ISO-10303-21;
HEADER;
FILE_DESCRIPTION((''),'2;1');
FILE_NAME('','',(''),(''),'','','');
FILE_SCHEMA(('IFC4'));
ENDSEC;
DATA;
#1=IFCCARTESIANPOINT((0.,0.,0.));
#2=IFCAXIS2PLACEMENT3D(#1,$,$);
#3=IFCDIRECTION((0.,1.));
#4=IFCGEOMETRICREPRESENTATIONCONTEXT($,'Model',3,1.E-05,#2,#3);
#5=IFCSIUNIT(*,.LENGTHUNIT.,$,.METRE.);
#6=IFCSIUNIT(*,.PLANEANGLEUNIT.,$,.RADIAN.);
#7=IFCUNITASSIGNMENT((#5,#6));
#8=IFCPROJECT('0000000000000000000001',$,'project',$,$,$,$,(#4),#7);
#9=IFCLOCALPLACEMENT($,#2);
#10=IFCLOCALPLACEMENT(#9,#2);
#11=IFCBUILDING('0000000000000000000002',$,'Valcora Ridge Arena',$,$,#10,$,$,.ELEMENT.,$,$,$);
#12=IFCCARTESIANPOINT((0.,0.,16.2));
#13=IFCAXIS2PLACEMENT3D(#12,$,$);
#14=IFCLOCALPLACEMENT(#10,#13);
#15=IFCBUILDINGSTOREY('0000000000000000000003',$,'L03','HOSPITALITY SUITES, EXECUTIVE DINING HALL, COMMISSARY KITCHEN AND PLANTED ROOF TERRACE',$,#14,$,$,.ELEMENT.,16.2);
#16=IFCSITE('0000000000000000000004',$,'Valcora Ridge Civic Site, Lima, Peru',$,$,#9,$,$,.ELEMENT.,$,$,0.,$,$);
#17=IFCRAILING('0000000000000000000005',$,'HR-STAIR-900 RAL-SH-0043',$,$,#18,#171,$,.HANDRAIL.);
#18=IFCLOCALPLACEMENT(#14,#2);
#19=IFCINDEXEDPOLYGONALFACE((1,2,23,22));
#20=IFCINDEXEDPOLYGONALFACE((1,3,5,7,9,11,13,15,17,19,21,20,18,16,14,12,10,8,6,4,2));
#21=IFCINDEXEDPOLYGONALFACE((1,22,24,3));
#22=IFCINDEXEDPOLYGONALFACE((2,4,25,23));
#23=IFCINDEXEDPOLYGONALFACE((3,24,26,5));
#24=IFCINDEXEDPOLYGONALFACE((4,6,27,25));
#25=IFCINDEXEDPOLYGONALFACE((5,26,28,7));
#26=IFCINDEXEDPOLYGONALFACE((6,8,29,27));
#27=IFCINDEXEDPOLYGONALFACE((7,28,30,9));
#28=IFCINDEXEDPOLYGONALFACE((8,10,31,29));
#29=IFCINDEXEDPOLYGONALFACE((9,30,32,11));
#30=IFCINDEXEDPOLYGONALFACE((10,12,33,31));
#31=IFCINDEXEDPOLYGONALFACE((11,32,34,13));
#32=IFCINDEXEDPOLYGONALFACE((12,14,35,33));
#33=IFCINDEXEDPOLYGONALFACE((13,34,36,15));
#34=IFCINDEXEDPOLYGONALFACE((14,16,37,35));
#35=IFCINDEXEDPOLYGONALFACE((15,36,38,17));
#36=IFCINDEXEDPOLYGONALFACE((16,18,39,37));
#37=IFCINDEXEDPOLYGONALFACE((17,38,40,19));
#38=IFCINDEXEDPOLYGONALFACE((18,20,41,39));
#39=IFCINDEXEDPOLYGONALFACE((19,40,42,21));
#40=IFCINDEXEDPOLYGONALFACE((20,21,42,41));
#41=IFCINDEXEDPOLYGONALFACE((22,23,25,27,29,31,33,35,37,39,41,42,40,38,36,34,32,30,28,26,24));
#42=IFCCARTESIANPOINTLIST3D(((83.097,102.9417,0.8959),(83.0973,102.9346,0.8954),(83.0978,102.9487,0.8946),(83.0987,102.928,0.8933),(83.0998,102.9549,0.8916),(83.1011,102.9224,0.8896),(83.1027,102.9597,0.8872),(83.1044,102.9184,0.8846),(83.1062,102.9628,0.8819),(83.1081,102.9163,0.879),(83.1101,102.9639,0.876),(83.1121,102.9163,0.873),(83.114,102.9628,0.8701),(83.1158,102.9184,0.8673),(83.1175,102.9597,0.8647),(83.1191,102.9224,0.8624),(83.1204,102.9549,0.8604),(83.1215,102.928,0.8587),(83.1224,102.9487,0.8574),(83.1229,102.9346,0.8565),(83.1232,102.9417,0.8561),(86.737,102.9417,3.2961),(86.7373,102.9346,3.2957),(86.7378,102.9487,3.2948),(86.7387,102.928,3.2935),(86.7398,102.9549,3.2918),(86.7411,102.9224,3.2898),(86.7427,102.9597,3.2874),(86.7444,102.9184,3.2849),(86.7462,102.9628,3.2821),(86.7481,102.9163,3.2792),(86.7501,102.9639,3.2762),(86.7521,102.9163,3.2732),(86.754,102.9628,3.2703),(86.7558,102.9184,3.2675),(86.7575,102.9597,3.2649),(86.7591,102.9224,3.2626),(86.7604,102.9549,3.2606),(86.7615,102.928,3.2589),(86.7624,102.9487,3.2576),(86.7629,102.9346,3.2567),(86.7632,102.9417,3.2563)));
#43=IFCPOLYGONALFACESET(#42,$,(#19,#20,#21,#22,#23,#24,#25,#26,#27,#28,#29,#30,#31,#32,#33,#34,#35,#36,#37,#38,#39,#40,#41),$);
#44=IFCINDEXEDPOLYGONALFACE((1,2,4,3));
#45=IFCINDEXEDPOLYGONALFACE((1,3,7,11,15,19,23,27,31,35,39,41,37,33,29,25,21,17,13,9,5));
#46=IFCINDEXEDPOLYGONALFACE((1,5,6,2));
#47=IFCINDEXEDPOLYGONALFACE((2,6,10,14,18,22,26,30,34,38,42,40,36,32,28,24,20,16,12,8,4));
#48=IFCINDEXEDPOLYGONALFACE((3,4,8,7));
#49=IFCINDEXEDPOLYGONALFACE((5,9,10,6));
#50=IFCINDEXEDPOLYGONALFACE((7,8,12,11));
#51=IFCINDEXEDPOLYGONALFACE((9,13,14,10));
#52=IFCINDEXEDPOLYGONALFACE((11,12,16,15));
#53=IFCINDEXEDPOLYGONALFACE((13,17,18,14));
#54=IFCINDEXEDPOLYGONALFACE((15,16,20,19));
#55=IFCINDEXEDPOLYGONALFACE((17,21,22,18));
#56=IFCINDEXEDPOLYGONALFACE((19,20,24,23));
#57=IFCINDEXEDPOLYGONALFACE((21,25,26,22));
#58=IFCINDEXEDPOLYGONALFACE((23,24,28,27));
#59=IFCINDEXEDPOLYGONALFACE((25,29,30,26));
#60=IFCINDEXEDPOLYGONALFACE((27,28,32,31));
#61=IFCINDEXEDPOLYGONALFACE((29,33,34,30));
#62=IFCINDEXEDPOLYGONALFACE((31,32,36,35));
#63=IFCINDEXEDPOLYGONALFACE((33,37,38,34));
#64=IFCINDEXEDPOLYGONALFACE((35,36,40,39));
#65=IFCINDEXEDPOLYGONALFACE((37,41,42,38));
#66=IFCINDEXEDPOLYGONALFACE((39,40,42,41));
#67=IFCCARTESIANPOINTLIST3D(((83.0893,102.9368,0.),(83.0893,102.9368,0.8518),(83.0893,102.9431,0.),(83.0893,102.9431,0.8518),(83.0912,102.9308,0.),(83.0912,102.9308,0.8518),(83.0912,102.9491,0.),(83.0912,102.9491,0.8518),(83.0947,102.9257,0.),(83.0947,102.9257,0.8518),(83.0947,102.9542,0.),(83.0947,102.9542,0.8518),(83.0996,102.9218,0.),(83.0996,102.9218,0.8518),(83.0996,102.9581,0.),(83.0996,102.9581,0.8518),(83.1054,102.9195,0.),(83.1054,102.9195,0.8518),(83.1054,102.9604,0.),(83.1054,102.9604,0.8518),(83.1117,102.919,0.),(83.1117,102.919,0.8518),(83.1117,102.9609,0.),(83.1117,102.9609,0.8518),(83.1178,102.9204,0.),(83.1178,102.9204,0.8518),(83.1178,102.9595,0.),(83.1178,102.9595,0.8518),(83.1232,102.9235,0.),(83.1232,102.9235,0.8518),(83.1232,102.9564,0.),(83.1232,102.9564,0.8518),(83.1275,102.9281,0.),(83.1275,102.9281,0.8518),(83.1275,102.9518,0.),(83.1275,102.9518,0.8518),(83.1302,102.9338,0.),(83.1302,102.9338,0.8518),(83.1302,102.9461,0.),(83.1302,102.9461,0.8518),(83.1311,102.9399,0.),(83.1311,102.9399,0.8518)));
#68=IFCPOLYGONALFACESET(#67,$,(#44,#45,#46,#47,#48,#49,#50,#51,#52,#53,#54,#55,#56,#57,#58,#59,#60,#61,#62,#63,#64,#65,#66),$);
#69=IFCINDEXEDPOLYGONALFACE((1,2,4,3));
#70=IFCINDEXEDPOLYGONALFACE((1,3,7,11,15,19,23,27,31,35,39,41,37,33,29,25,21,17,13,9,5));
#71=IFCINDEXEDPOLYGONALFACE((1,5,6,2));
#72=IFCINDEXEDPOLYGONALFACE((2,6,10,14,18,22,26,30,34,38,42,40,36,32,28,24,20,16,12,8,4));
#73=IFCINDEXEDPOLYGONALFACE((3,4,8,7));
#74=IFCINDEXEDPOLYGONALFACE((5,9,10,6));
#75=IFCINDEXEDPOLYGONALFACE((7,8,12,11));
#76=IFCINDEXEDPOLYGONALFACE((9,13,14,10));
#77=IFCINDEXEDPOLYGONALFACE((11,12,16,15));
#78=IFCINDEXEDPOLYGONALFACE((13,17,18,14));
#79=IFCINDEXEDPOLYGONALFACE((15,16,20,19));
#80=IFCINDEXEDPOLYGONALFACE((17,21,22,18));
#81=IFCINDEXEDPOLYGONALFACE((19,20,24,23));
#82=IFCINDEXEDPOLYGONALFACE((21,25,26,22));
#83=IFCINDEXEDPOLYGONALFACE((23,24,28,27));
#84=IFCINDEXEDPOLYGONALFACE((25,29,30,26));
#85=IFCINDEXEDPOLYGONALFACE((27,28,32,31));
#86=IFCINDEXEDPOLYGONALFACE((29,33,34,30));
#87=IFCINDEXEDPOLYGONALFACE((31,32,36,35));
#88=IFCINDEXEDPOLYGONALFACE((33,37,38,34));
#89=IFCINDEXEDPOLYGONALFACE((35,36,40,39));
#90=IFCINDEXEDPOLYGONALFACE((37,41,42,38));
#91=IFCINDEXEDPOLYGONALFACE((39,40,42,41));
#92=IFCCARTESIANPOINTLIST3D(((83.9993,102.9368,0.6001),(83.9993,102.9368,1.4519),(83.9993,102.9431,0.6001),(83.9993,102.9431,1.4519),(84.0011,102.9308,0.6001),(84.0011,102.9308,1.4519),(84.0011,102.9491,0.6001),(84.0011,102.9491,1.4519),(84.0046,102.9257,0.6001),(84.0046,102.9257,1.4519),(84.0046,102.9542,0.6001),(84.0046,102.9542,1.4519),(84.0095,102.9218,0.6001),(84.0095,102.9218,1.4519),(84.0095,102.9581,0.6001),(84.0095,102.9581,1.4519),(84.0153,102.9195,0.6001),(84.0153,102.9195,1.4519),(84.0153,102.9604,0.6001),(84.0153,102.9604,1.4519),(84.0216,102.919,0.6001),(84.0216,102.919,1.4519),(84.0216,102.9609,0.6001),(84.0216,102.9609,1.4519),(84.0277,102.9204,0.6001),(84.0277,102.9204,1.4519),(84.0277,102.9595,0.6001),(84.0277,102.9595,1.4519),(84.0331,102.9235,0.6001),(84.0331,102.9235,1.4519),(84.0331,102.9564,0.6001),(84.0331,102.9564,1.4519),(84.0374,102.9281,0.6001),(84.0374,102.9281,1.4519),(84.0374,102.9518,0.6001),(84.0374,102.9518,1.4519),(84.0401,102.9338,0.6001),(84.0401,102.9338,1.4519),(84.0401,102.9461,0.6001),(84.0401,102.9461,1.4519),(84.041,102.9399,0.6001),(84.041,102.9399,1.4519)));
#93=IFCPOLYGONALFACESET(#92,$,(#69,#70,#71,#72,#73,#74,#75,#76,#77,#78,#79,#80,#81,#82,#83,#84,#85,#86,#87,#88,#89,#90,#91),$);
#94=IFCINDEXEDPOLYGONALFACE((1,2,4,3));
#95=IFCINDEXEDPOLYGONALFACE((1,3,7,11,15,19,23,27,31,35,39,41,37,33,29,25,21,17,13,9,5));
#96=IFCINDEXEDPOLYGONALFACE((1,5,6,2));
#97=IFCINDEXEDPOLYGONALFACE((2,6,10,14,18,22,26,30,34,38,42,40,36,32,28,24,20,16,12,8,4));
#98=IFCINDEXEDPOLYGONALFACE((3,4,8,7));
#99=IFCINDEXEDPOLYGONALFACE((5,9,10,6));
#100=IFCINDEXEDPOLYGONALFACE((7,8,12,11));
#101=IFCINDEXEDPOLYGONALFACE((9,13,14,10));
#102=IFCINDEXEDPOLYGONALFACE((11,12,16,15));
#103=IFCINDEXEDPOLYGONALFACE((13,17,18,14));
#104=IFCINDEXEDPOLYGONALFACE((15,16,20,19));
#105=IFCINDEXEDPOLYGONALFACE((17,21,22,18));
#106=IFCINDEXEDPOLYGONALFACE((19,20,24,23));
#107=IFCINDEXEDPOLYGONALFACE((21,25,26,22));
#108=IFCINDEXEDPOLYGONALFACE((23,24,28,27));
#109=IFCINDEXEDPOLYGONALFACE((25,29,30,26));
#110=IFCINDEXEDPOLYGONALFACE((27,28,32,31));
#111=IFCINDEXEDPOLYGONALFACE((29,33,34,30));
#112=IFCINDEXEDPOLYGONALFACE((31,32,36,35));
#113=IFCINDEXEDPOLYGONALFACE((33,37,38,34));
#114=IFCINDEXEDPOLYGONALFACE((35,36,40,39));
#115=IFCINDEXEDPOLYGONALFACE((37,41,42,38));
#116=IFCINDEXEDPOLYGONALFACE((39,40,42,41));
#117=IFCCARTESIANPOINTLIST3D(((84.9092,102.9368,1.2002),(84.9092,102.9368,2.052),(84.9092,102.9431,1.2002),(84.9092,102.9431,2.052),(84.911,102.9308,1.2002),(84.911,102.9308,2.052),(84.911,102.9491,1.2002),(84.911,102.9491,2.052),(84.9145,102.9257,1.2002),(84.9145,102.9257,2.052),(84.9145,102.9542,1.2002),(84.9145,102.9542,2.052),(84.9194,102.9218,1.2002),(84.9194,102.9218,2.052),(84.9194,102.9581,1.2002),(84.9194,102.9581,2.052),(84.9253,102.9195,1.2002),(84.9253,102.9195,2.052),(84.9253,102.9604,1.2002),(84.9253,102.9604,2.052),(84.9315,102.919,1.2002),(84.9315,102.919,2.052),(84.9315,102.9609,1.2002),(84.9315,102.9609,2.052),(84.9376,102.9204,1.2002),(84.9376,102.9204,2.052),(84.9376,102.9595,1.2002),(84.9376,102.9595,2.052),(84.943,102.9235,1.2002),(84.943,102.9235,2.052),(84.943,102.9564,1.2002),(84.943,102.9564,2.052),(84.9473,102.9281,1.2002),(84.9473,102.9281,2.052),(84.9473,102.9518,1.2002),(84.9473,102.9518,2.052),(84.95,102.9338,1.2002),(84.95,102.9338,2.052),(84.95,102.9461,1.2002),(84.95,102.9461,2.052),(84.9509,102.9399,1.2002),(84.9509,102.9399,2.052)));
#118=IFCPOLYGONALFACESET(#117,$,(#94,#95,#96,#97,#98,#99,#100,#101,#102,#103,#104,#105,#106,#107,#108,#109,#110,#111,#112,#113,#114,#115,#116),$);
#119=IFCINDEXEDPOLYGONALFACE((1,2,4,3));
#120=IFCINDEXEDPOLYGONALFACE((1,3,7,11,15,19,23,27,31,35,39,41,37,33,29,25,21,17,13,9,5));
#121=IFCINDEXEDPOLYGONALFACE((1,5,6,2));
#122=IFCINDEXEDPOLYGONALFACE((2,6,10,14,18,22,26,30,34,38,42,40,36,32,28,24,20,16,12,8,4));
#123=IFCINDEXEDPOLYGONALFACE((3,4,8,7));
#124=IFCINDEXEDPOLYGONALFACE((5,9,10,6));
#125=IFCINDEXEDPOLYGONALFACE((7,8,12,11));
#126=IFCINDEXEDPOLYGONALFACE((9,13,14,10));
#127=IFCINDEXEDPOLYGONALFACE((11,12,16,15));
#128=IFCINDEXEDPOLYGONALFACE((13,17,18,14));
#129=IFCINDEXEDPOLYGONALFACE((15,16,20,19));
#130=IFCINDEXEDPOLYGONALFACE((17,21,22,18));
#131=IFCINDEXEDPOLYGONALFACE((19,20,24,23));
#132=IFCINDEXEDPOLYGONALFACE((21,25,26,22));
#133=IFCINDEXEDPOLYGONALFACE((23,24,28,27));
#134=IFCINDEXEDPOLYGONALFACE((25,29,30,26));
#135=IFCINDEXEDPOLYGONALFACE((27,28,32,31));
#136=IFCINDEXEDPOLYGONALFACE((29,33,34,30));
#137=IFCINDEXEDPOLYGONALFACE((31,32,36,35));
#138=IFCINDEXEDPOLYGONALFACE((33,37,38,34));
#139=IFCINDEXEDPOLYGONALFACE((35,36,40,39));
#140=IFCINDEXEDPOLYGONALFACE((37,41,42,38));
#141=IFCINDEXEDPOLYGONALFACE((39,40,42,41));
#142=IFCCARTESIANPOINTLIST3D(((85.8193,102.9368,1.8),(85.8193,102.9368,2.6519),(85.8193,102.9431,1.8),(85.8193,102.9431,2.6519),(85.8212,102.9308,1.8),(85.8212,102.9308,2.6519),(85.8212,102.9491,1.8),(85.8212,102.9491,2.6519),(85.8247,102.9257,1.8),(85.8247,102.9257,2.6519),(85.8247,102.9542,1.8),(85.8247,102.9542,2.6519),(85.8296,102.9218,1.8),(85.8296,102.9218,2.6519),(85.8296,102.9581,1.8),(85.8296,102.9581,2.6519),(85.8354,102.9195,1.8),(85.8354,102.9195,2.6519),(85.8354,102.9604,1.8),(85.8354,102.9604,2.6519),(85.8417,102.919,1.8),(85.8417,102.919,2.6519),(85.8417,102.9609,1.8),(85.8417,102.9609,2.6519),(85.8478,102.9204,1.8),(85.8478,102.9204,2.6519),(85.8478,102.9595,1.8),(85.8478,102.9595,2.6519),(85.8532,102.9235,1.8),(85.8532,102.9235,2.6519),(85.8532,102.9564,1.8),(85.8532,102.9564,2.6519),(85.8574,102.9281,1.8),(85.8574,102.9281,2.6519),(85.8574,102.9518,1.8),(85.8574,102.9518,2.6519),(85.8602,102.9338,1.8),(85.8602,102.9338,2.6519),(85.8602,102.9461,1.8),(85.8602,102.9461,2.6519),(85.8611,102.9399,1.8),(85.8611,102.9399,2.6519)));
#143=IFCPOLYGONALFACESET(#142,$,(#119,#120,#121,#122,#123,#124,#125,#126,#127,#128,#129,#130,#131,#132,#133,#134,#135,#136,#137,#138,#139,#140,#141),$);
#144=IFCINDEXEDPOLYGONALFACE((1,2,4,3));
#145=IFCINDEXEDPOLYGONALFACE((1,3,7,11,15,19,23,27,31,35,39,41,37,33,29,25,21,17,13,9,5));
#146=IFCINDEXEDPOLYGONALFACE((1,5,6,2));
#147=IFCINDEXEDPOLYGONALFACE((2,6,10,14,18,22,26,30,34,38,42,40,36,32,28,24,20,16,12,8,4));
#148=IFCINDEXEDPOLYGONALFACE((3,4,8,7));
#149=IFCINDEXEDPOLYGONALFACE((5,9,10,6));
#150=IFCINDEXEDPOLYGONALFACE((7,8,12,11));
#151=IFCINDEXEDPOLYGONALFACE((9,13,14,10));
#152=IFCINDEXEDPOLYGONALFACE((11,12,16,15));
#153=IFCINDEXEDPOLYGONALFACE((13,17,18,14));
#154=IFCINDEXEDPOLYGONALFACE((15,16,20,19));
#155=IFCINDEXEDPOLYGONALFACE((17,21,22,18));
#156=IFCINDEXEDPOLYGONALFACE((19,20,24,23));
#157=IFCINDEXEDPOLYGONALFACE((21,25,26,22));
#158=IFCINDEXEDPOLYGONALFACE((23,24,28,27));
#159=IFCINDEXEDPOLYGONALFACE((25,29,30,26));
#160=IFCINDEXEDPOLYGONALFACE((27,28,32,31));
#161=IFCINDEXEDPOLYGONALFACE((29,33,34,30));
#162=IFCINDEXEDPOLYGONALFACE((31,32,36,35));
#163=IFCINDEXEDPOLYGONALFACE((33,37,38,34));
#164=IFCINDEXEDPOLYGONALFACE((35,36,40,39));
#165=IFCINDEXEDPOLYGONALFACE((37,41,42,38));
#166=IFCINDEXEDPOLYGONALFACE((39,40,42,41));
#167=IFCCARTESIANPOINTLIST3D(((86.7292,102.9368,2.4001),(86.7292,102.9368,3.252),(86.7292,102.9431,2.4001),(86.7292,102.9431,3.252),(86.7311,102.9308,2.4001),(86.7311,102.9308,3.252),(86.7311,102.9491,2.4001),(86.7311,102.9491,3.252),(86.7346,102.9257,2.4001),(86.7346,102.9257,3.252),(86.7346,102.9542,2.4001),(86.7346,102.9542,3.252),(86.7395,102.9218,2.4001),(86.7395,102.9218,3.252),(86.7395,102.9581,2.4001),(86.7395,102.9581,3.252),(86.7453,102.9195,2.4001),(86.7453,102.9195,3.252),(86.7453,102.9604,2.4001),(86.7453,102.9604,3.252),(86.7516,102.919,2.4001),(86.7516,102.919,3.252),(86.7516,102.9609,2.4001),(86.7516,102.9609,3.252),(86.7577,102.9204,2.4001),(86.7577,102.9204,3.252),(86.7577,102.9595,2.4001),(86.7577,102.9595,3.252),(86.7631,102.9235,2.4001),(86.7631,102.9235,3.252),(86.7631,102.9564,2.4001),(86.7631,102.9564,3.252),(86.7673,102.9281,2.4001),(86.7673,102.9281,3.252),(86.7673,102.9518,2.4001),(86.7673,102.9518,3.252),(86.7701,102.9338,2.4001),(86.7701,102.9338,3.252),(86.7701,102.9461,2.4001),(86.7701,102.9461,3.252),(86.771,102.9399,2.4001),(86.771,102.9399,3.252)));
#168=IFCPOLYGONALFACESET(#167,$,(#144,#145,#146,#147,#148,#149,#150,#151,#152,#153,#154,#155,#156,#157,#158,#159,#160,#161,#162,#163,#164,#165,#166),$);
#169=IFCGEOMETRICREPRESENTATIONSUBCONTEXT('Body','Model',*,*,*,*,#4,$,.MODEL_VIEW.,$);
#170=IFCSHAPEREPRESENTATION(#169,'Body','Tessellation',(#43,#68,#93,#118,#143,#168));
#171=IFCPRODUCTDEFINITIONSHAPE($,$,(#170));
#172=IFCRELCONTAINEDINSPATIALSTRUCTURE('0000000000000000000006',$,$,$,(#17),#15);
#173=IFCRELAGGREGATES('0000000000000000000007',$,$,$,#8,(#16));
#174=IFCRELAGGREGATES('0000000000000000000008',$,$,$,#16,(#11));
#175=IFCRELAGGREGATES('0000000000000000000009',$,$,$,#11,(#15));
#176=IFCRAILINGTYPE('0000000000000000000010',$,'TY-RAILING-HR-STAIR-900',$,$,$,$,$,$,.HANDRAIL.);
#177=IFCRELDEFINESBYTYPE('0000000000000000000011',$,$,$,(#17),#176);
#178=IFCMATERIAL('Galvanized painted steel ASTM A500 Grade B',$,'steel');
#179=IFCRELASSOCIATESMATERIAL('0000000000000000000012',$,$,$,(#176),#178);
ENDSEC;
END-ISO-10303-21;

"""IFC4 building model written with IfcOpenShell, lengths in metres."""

from ifc_helpers import new_model, si_unit, direction, frame, origin, origin_2d, place, context, subcontext, project, spatial, circle, extrude, material, type_object, element, save


model = new_model("IFC4")

# Units and contexts
model_context = context("Model", 3, precision=1e-05, world=origin(), true_north=direction((0.0, 1.0)))
body_context = subcontext(model_context, "Body", "Model", "MODEL_VIEW")
ifc_project = project(units=[si_unit("LENGTHUNIT", "METRE"), si_unit("PLANEANGLEUNIT", "RADIAN")], contexts=[model_context])

# Site, building, storey
site_placement = place(None, origin())
site = spatial("IfcSite", under=ifc_project, at=site_placement, Name="Valcora Ridge Civic Site, Lima, Peru", CompositionType="ELEMENT", RefElevation=0.0)
building_placement = place(site_placement, origin())
building = spatial("IfcBuilding", under=site, at=building_placement, Name="Valcora Ridge Arena", CompositionType="ELEMENT")
storey_placement = place(building_placement, frame((0.0, 0.0, 16.2)))
storey = spatial("IfcBuildingStorey", under=building, at=storey_placement, Name="L03", Description="HOSPITALITY SUITES, EXECUTIVE DINING HALL, COMMISSARY KITCHEN AND PLANTED ROOF TERRACE", CompositionType="ELEMENT", Elevation=16.2)

# Railing
ifc_material_1 = material(Name="Galvanized painted steel ASTM A500 Grade B", Category="steel")
railing_type_1 = type_object("IfcRailingType", Name="TY-RAILING-HR-STAIR-900", PredefinedType="HANDRAIL", material=ifc_material_1)
railing_1_placement = place(storey_placement, frame((83.1101, 102.9399, 0.0)))
element("IfcRailing", 1, at=railing_1_placement, inside=storey, type_object=railing_type_1, Name="HR-STAIR-900 RAL-SH-0043", PredefinedType="HANDRAIL", context=body_context, shape_type="SweptSolid", body=[
    extrude(circle(Radius=0.0239, at=origin_2d()), frame((0.0, 0.0, 0.876), z_axis=(0.834839, 0.0, 0.550493), x_axis=(0.0, 1.0, 0.0)), (0.0, 0.0, 1.0), 4.3601),
    extrude(circle(Radius=0.021, at=origin_2d()), origin(), (0.0, 0.0, 1.0), 0.8518),
    extrude(circle(Radius=0.021, at=origin_2d()), frame((0.9099, 0.0, 0.6001)), (0.0, 0.0, 1.0), 0.8518),
    extrude(circle(Radius=0.021, at=origin_2d()), frame((1.8198, 0.0, 1.2002)), (0.0, 0.0, 1.0), 0.8518),
    extrude(circle(Radius=0.021, at=origin_2d()), frame((2.73, 0.0, 1.8)), (0.0, 0.0, 1.0), 0.8518),
    extrude(circle(Radius=0.021, at=origin_2d()), frame((3.6399, 0.0, 2.4001)), (0.0, 0.0, 1.0), 0.8518),
])

save(model, "model.ifc")
